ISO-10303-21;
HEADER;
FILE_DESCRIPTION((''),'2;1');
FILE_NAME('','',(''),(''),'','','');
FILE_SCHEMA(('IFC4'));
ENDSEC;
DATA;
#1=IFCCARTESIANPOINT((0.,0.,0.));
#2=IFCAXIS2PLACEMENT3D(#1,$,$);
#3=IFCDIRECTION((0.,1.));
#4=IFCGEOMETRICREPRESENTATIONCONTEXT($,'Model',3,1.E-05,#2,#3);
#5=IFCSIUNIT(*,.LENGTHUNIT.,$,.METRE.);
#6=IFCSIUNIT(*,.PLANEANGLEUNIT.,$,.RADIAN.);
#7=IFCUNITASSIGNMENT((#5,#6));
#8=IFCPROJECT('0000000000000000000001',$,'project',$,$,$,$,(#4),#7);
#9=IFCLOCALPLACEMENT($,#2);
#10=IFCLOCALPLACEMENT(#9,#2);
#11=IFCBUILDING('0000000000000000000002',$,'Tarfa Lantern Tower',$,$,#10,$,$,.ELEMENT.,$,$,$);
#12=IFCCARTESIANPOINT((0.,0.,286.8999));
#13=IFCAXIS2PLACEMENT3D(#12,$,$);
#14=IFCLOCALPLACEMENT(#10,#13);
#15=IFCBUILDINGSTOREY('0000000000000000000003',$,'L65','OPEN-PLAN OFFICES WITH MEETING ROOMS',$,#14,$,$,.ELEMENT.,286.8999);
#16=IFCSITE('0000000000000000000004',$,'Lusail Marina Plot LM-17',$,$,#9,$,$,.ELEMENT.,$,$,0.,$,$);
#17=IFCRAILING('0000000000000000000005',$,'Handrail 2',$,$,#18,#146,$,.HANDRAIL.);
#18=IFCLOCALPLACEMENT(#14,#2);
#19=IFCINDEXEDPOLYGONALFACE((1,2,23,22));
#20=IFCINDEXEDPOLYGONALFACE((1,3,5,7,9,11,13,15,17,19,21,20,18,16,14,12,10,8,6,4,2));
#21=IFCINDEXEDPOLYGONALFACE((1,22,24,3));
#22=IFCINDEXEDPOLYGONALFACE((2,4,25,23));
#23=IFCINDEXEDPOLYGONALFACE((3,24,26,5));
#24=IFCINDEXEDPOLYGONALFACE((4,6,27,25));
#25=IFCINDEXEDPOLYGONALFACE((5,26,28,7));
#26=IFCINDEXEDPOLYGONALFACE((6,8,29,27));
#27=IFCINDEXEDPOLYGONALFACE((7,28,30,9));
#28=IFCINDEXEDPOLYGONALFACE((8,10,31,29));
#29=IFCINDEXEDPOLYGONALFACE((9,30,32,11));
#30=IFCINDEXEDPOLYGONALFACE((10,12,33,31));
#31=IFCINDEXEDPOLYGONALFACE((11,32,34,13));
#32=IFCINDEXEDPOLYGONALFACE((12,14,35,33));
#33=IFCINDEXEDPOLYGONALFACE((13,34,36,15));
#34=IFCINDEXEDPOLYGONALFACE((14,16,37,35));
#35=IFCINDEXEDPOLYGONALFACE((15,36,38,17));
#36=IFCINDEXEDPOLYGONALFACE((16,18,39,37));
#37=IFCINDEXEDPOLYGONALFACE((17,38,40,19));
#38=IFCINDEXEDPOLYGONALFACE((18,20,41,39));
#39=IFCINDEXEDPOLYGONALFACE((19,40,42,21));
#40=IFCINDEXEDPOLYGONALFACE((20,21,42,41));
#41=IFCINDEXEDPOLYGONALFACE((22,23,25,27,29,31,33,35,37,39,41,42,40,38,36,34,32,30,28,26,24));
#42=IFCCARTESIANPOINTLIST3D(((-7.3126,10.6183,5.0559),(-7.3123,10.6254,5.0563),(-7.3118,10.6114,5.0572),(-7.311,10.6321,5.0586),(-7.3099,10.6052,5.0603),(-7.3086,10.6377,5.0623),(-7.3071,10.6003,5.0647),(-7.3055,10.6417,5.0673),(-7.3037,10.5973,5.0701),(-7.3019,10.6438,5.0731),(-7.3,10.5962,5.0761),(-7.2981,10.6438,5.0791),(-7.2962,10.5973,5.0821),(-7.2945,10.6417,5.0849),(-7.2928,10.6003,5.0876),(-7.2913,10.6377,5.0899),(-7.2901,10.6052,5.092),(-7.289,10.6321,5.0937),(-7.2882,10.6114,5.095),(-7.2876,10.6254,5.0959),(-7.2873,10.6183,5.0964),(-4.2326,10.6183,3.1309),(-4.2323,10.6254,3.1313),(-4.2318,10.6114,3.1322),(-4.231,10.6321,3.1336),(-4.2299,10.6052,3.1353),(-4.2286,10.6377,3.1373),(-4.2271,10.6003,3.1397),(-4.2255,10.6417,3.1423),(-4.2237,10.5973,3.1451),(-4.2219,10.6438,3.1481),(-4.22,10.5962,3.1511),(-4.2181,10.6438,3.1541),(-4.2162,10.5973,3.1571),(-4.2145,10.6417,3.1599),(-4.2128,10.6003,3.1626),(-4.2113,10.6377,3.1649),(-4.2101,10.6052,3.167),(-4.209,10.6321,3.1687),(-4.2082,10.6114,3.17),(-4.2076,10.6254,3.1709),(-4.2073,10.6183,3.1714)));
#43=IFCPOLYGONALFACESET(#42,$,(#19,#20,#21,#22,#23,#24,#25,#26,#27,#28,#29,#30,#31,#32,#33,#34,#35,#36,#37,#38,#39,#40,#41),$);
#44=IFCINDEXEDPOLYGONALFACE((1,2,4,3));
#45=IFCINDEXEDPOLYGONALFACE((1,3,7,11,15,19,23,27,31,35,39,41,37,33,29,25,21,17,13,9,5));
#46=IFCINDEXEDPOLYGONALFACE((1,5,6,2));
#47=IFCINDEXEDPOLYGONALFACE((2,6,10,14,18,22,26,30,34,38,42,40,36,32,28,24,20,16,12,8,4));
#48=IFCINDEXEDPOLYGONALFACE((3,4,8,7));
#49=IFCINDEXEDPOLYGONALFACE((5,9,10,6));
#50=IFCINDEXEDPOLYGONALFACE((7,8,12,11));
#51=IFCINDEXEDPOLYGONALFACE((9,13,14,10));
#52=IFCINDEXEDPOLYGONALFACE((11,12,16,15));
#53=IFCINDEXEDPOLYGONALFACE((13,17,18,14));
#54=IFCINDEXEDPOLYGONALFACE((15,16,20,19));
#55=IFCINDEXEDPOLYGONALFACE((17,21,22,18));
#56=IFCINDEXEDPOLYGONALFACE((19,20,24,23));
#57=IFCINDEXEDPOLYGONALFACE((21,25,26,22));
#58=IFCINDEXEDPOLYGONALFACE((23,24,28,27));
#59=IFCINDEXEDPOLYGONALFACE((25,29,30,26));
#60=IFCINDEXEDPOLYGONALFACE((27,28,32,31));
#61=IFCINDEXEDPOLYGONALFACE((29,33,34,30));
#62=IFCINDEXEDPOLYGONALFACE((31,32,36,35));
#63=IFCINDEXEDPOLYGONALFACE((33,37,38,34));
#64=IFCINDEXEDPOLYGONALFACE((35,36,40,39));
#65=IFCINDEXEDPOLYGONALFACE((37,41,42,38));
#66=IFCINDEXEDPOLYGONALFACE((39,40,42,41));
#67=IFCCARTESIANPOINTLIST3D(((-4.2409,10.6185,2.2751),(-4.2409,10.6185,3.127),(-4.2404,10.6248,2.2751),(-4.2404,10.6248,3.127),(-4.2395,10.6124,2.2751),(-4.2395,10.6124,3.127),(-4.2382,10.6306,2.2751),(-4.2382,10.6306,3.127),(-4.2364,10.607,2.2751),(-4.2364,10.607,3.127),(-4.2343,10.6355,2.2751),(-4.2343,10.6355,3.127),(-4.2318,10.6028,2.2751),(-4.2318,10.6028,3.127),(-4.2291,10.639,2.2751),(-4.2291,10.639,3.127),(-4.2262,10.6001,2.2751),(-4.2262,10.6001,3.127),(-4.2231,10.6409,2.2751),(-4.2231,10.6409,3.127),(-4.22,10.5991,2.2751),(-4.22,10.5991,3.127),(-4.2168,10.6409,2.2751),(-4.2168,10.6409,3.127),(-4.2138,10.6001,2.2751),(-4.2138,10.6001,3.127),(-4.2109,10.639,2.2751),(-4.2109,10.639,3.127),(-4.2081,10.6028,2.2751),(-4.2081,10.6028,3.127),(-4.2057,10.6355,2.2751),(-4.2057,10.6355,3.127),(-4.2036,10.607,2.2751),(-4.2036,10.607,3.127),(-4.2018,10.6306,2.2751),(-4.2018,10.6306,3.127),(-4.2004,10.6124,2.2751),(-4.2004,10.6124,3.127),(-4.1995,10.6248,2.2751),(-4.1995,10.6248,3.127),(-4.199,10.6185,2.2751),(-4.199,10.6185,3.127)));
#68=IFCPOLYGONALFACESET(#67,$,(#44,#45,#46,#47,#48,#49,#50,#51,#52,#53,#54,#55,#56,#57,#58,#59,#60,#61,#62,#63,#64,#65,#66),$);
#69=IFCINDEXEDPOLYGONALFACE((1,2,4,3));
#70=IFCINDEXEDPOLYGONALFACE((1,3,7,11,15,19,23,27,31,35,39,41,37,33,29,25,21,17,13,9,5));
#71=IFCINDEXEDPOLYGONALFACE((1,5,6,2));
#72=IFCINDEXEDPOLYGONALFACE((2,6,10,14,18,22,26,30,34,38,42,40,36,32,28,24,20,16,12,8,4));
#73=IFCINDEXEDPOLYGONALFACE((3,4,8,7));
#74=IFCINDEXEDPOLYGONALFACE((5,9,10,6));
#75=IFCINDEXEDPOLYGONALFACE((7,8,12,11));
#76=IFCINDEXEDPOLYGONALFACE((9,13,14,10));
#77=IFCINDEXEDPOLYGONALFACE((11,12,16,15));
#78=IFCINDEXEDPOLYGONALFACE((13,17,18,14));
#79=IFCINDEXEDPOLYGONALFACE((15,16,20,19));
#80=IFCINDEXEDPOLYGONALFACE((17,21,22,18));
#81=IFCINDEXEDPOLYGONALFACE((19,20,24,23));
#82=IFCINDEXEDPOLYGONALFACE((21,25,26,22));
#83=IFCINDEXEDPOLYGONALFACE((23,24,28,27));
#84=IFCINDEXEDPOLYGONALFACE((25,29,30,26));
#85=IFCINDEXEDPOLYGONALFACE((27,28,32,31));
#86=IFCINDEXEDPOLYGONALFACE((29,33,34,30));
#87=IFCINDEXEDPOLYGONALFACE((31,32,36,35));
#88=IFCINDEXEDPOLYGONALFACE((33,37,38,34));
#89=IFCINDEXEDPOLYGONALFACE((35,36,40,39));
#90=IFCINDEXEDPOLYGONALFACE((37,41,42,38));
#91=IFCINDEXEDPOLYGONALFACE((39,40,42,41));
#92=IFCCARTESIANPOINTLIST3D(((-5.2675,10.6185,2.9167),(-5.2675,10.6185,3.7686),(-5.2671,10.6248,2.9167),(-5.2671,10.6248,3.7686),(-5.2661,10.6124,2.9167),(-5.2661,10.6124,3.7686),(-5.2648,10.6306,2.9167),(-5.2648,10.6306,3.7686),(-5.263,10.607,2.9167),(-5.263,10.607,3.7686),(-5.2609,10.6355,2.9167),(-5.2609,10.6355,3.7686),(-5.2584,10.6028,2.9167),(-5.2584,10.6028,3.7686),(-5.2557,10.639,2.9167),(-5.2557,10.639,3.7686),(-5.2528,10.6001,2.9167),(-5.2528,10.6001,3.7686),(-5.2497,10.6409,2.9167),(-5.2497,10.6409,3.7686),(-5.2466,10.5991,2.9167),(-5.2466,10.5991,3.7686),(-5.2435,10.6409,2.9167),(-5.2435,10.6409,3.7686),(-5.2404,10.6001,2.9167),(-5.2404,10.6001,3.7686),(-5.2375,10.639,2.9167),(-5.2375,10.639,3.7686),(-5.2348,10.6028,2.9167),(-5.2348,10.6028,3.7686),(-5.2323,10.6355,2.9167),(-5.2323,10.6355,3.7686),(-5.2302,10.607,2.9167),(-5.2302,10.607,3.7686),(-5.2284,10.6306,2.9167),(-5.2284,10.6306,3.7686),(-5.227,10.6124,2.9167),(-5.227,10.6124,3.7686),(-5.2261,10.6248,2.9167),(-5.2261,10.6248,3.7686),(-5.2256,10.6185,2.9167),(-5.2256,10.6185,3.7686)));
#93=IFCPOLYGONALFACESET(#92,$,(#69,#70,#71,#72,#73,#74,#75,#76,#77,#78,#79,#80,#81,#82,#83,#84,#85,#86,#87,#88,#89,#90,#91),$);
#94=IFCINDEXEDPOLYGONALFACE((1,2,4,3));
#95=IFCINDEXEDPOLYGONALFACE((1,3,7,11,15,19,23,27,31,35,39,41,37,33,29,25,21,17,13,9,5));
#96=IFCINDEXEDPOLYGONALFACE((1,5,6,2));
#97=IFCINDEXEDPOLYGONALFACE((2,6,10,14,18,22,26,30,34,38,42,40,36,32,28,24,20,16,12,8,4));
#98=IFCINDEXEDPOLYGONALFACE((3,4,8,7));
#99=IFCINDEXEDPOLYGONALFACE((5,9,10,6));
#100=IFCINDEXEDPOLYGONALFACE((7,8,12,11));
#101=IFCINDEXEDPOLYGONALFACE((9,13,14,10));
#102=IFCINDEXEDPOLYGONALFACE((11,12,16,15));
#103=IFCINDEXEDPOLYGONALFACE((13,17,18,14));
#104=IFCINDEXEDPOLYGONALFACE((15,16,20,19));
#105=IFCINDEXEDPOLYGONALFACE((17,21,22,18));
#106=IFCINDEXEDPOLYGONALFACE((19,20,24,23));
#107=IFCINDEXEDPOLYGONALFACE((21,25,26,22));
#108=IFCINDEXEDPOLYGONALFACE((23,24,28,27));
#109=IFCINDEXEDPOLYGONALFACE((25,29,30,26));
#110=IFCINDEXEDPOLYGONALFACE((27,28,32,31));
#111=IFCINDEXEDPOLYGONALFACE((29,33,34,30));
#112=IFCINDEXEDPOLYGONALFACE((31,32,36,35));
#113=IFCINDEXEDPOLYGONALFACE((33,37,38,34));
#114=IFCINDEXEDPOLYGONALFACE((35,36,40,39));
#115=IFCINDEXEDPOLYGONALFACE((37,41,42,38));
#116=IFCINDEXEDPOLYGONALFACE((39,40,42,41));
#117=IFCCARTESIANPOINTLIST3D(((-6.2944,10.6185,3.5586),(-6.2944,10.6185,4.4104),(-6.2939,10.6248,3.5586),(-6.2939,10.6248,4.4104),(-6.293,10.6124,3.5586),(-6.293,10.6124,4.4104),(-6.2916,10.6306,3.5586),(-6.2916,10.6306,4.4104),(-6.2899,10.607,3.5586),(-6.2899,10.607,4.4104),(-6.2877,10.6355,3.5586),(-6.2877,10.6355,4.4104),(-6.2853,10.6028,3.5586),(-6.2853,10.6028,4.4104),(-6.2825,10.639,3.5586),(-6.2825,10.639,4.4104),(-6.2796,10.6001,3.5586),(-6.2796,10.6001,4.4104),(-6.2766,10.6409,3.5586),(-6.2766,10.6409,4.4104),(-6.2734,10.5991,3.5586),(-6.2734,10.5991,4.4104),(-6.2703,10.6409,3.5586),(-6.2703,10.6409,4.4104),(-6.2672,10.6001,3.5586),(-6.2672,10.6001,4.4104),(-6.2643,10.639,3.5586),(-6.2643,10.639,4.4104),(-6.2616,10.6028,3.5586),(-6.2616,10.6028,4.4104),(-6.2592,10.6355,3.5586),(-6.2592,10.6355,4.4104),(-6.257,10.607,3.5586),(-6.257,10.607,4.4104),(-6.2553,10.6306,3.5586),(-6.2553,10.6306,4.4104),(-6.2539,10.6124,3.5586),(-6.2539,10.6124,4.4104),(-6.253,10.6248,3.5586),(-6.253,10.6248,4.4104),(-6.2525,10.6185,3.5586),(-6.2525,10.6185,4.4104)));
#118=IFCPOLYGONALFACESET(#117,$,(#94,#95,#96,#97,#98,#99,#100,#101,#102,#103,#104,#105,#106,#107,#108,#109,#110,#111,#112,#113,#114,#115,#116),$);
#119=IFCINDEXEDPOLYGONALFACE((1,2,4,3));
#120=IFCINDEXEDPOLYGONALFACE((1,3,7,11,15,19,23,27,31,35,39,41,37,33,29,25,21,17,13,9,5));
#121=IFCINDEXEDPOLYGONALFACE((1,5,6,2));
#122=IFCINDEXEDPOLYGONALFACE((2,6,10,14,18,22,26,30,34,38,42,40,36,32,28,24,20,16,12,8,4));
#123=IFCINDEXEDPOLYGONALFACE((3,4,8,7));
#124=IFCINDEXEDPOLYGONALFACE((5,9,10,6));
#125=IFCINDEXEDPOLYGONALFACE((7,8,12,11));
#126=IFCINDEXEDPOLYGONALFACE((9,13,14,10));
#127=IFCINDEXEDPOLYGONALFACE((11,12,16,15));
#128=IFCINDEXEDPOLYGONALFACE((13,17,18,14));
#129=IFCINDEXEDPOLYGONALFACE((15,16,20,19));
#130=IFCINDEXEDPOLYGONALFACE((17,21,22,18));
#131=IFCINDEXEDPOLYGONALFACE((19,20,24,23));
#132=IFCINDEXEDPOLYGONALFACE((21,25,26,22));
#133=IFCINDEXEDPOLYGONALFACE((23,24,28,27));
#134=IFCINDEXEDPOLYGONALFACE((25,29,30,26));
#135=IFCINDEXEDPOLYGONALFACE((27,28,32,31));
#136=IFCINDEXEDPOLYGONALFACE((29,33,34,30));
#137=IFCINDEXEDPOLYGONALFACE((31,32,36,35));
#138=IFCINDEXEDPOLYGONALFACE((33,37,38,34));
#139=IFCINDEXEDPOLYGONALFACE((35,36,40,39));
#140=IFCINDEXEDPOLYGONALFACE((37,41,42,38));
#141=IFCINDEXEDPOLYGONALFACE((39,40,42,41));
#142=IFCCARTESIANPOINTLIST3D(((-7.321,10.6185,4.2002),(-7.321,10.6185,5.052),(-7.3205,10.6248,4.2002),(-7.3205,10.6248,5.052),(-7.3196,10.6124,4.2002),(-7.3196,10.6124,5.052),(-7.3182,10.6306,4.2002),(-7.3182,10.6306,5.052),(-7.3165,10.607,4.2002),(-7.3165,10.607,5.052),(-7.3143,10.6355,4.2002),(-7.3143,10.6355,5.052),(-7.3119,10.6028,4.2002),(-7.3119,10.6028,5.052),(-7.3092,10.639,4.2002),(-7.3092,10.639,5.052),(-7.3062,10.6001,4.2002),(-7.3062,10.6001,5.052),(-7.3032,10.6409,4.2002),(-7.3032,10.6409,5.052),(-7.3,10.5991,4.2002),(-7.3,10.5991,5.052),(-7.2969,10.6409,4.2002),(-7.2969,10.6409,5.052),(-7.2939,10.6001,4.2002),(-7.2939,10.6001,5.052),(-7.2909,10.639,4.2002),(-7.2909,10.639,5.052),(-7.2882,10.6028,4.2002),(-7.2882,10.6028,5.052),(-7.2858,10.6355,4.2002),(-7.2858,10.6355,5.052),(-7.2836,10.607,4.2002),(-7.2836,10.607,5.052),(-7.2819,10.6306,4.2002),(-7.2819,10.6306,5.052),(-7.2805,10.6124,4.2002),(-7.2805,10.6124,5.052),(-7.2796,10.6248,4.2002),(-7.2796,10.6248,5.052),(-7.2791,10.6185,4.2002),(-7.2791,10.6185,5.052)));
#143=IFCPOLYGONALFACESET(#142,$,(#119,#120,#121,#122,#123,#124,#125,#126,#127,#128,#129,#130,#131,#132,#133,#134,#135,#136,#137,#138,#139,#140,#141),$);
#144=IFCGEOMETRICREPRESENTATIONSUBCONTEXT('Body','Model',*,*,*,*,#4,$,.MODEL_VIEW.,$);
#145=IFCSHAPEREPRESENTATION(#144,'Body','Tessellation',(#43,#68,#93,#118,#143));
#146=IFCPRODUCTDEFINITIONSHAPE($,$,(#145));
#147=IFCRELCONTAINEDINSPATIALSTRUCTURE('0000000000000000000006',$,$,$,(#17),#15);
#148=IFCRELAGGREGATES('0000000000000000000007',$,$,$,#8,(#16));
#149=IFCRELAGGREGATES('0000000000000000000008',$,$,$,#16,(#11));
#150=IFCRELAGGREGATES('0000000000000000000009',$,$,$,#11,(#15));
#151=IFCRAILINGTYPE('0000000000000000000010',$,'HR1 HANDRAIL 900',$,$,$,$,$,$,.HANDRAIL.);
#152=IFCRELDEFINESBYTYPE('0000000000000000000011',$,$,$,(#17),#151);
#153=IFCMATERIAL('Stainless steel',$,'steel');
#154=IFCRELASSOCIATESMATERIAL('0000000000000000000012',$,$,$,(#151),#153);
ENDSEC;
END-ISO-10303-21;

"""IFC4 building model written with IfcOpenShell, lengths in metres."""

from ifc_helpers import new_model, si_unit, direction, frame, origin, origin_2d, place, context, subcontext, project, spatial, circle, extrude, material, type_object, element, save


model = new_model("IFC4")

# Units and contexts
model_context = context("Model", 3, precision=1e-05, world=origin(), true_north=direction((0.0, 1.0)))
body_context = subcontext(model_context, "Body", "Model", "MODEL_VIEW")
ifc_project = project(units=[si_unit("LENGTHUNIT", "METRE"), si_unit("PLANEANGLEUNIT", "RADIAN")], contexts=[model_context])

# Site, building, storey
site_placement = place(None, origin())
site = spatial("IfcSite", under=ifc_project, at=site_placement, Name="Lusail Marina Plot LM-17", CompositionType="ELEMENT", RefElevation=0.0)
building_placement = place(site_placement, origin())
building = spatial("IfcBuilding", under=site, at=building_placement, Name="Tarfa Lantern Tower", CompositionType="ELEMENT")
storey_placement = place(building_placement, frame((0.0, 0.0, 286.8999)))
storey = spatial("IfcBuildingStorey", under=building, at=storey_placement, Name="L65", Description="OPEN-PLAN OFFICES WITH MEETING ROOMS", CompositionType="ELEMENT", Elevation=286.8999)

# Railing
ifc_material_1 = material(Name="Stainless steel", Category="steel")
railing_type = type_object("IfcRailingType", Name="HR1 HANDRAIL 900", PredefinedType="HANDRAIL", material=ifc_material_1)
railing_1_placement = place(storey_placement, frame((-4.22, 10.6201, 2.2751)))
element("IfcRailing", 1, at=railing_1_placement, inside=storey, type_object=railing_type, Name="Handrail 2", PredefinedType="HANDRAIL", context=body_context, shape_type="SweptSolid", body=[
    extrude(circle(Radius=0.0239, at=origin_2d()), frame((0.0, 0.0, 0.876), z_axis=(-0.847998, 0.0, 0.529999), x_axis=(0.0, -1.0, 0.0)), (0.0, 0.0, 1.0), 3.6321),
    extrude(circle(Radius=0.021, at=origin_2d()), frame((0.0, 0.0, 0.0), z_axis=(0.0, 0.0, 1.0), x_axis=(0.0, -1.0, 0.0)), (0.0, 0.0, 1.0), 0.8518),
    extrude(circle(Radius=0.021, at=origin_2d()), frame((-1.0266, 0.0, 0.6416), z_axis=(0.0, 0.0, 1.0), x_axis=(0.0, -1.0, 0.0)), (0.0, 0.0, 1.0), 0.8518),
    extrude(circle(Radius=0.021, at=origin_2d()), frame((-2.0535, 0.0, 1.2834), z_axis=(0.0, 0.0, 1.0), x_axis=(0.0, -1.0, 0.0)), (0.0, 0.0, 1.0), 0.8518),
    extrude(circle(Radius=0.021, at=origin_2d()), frame((-3.0801, 0.0, 1.925), z_axis=(0.0, 0.0, 1.0), x_axis=(0.0, -1.0, 0.0)), (0.0, 0.0, 1.0), 0.8518),
])

save(model, "model.ifc")
